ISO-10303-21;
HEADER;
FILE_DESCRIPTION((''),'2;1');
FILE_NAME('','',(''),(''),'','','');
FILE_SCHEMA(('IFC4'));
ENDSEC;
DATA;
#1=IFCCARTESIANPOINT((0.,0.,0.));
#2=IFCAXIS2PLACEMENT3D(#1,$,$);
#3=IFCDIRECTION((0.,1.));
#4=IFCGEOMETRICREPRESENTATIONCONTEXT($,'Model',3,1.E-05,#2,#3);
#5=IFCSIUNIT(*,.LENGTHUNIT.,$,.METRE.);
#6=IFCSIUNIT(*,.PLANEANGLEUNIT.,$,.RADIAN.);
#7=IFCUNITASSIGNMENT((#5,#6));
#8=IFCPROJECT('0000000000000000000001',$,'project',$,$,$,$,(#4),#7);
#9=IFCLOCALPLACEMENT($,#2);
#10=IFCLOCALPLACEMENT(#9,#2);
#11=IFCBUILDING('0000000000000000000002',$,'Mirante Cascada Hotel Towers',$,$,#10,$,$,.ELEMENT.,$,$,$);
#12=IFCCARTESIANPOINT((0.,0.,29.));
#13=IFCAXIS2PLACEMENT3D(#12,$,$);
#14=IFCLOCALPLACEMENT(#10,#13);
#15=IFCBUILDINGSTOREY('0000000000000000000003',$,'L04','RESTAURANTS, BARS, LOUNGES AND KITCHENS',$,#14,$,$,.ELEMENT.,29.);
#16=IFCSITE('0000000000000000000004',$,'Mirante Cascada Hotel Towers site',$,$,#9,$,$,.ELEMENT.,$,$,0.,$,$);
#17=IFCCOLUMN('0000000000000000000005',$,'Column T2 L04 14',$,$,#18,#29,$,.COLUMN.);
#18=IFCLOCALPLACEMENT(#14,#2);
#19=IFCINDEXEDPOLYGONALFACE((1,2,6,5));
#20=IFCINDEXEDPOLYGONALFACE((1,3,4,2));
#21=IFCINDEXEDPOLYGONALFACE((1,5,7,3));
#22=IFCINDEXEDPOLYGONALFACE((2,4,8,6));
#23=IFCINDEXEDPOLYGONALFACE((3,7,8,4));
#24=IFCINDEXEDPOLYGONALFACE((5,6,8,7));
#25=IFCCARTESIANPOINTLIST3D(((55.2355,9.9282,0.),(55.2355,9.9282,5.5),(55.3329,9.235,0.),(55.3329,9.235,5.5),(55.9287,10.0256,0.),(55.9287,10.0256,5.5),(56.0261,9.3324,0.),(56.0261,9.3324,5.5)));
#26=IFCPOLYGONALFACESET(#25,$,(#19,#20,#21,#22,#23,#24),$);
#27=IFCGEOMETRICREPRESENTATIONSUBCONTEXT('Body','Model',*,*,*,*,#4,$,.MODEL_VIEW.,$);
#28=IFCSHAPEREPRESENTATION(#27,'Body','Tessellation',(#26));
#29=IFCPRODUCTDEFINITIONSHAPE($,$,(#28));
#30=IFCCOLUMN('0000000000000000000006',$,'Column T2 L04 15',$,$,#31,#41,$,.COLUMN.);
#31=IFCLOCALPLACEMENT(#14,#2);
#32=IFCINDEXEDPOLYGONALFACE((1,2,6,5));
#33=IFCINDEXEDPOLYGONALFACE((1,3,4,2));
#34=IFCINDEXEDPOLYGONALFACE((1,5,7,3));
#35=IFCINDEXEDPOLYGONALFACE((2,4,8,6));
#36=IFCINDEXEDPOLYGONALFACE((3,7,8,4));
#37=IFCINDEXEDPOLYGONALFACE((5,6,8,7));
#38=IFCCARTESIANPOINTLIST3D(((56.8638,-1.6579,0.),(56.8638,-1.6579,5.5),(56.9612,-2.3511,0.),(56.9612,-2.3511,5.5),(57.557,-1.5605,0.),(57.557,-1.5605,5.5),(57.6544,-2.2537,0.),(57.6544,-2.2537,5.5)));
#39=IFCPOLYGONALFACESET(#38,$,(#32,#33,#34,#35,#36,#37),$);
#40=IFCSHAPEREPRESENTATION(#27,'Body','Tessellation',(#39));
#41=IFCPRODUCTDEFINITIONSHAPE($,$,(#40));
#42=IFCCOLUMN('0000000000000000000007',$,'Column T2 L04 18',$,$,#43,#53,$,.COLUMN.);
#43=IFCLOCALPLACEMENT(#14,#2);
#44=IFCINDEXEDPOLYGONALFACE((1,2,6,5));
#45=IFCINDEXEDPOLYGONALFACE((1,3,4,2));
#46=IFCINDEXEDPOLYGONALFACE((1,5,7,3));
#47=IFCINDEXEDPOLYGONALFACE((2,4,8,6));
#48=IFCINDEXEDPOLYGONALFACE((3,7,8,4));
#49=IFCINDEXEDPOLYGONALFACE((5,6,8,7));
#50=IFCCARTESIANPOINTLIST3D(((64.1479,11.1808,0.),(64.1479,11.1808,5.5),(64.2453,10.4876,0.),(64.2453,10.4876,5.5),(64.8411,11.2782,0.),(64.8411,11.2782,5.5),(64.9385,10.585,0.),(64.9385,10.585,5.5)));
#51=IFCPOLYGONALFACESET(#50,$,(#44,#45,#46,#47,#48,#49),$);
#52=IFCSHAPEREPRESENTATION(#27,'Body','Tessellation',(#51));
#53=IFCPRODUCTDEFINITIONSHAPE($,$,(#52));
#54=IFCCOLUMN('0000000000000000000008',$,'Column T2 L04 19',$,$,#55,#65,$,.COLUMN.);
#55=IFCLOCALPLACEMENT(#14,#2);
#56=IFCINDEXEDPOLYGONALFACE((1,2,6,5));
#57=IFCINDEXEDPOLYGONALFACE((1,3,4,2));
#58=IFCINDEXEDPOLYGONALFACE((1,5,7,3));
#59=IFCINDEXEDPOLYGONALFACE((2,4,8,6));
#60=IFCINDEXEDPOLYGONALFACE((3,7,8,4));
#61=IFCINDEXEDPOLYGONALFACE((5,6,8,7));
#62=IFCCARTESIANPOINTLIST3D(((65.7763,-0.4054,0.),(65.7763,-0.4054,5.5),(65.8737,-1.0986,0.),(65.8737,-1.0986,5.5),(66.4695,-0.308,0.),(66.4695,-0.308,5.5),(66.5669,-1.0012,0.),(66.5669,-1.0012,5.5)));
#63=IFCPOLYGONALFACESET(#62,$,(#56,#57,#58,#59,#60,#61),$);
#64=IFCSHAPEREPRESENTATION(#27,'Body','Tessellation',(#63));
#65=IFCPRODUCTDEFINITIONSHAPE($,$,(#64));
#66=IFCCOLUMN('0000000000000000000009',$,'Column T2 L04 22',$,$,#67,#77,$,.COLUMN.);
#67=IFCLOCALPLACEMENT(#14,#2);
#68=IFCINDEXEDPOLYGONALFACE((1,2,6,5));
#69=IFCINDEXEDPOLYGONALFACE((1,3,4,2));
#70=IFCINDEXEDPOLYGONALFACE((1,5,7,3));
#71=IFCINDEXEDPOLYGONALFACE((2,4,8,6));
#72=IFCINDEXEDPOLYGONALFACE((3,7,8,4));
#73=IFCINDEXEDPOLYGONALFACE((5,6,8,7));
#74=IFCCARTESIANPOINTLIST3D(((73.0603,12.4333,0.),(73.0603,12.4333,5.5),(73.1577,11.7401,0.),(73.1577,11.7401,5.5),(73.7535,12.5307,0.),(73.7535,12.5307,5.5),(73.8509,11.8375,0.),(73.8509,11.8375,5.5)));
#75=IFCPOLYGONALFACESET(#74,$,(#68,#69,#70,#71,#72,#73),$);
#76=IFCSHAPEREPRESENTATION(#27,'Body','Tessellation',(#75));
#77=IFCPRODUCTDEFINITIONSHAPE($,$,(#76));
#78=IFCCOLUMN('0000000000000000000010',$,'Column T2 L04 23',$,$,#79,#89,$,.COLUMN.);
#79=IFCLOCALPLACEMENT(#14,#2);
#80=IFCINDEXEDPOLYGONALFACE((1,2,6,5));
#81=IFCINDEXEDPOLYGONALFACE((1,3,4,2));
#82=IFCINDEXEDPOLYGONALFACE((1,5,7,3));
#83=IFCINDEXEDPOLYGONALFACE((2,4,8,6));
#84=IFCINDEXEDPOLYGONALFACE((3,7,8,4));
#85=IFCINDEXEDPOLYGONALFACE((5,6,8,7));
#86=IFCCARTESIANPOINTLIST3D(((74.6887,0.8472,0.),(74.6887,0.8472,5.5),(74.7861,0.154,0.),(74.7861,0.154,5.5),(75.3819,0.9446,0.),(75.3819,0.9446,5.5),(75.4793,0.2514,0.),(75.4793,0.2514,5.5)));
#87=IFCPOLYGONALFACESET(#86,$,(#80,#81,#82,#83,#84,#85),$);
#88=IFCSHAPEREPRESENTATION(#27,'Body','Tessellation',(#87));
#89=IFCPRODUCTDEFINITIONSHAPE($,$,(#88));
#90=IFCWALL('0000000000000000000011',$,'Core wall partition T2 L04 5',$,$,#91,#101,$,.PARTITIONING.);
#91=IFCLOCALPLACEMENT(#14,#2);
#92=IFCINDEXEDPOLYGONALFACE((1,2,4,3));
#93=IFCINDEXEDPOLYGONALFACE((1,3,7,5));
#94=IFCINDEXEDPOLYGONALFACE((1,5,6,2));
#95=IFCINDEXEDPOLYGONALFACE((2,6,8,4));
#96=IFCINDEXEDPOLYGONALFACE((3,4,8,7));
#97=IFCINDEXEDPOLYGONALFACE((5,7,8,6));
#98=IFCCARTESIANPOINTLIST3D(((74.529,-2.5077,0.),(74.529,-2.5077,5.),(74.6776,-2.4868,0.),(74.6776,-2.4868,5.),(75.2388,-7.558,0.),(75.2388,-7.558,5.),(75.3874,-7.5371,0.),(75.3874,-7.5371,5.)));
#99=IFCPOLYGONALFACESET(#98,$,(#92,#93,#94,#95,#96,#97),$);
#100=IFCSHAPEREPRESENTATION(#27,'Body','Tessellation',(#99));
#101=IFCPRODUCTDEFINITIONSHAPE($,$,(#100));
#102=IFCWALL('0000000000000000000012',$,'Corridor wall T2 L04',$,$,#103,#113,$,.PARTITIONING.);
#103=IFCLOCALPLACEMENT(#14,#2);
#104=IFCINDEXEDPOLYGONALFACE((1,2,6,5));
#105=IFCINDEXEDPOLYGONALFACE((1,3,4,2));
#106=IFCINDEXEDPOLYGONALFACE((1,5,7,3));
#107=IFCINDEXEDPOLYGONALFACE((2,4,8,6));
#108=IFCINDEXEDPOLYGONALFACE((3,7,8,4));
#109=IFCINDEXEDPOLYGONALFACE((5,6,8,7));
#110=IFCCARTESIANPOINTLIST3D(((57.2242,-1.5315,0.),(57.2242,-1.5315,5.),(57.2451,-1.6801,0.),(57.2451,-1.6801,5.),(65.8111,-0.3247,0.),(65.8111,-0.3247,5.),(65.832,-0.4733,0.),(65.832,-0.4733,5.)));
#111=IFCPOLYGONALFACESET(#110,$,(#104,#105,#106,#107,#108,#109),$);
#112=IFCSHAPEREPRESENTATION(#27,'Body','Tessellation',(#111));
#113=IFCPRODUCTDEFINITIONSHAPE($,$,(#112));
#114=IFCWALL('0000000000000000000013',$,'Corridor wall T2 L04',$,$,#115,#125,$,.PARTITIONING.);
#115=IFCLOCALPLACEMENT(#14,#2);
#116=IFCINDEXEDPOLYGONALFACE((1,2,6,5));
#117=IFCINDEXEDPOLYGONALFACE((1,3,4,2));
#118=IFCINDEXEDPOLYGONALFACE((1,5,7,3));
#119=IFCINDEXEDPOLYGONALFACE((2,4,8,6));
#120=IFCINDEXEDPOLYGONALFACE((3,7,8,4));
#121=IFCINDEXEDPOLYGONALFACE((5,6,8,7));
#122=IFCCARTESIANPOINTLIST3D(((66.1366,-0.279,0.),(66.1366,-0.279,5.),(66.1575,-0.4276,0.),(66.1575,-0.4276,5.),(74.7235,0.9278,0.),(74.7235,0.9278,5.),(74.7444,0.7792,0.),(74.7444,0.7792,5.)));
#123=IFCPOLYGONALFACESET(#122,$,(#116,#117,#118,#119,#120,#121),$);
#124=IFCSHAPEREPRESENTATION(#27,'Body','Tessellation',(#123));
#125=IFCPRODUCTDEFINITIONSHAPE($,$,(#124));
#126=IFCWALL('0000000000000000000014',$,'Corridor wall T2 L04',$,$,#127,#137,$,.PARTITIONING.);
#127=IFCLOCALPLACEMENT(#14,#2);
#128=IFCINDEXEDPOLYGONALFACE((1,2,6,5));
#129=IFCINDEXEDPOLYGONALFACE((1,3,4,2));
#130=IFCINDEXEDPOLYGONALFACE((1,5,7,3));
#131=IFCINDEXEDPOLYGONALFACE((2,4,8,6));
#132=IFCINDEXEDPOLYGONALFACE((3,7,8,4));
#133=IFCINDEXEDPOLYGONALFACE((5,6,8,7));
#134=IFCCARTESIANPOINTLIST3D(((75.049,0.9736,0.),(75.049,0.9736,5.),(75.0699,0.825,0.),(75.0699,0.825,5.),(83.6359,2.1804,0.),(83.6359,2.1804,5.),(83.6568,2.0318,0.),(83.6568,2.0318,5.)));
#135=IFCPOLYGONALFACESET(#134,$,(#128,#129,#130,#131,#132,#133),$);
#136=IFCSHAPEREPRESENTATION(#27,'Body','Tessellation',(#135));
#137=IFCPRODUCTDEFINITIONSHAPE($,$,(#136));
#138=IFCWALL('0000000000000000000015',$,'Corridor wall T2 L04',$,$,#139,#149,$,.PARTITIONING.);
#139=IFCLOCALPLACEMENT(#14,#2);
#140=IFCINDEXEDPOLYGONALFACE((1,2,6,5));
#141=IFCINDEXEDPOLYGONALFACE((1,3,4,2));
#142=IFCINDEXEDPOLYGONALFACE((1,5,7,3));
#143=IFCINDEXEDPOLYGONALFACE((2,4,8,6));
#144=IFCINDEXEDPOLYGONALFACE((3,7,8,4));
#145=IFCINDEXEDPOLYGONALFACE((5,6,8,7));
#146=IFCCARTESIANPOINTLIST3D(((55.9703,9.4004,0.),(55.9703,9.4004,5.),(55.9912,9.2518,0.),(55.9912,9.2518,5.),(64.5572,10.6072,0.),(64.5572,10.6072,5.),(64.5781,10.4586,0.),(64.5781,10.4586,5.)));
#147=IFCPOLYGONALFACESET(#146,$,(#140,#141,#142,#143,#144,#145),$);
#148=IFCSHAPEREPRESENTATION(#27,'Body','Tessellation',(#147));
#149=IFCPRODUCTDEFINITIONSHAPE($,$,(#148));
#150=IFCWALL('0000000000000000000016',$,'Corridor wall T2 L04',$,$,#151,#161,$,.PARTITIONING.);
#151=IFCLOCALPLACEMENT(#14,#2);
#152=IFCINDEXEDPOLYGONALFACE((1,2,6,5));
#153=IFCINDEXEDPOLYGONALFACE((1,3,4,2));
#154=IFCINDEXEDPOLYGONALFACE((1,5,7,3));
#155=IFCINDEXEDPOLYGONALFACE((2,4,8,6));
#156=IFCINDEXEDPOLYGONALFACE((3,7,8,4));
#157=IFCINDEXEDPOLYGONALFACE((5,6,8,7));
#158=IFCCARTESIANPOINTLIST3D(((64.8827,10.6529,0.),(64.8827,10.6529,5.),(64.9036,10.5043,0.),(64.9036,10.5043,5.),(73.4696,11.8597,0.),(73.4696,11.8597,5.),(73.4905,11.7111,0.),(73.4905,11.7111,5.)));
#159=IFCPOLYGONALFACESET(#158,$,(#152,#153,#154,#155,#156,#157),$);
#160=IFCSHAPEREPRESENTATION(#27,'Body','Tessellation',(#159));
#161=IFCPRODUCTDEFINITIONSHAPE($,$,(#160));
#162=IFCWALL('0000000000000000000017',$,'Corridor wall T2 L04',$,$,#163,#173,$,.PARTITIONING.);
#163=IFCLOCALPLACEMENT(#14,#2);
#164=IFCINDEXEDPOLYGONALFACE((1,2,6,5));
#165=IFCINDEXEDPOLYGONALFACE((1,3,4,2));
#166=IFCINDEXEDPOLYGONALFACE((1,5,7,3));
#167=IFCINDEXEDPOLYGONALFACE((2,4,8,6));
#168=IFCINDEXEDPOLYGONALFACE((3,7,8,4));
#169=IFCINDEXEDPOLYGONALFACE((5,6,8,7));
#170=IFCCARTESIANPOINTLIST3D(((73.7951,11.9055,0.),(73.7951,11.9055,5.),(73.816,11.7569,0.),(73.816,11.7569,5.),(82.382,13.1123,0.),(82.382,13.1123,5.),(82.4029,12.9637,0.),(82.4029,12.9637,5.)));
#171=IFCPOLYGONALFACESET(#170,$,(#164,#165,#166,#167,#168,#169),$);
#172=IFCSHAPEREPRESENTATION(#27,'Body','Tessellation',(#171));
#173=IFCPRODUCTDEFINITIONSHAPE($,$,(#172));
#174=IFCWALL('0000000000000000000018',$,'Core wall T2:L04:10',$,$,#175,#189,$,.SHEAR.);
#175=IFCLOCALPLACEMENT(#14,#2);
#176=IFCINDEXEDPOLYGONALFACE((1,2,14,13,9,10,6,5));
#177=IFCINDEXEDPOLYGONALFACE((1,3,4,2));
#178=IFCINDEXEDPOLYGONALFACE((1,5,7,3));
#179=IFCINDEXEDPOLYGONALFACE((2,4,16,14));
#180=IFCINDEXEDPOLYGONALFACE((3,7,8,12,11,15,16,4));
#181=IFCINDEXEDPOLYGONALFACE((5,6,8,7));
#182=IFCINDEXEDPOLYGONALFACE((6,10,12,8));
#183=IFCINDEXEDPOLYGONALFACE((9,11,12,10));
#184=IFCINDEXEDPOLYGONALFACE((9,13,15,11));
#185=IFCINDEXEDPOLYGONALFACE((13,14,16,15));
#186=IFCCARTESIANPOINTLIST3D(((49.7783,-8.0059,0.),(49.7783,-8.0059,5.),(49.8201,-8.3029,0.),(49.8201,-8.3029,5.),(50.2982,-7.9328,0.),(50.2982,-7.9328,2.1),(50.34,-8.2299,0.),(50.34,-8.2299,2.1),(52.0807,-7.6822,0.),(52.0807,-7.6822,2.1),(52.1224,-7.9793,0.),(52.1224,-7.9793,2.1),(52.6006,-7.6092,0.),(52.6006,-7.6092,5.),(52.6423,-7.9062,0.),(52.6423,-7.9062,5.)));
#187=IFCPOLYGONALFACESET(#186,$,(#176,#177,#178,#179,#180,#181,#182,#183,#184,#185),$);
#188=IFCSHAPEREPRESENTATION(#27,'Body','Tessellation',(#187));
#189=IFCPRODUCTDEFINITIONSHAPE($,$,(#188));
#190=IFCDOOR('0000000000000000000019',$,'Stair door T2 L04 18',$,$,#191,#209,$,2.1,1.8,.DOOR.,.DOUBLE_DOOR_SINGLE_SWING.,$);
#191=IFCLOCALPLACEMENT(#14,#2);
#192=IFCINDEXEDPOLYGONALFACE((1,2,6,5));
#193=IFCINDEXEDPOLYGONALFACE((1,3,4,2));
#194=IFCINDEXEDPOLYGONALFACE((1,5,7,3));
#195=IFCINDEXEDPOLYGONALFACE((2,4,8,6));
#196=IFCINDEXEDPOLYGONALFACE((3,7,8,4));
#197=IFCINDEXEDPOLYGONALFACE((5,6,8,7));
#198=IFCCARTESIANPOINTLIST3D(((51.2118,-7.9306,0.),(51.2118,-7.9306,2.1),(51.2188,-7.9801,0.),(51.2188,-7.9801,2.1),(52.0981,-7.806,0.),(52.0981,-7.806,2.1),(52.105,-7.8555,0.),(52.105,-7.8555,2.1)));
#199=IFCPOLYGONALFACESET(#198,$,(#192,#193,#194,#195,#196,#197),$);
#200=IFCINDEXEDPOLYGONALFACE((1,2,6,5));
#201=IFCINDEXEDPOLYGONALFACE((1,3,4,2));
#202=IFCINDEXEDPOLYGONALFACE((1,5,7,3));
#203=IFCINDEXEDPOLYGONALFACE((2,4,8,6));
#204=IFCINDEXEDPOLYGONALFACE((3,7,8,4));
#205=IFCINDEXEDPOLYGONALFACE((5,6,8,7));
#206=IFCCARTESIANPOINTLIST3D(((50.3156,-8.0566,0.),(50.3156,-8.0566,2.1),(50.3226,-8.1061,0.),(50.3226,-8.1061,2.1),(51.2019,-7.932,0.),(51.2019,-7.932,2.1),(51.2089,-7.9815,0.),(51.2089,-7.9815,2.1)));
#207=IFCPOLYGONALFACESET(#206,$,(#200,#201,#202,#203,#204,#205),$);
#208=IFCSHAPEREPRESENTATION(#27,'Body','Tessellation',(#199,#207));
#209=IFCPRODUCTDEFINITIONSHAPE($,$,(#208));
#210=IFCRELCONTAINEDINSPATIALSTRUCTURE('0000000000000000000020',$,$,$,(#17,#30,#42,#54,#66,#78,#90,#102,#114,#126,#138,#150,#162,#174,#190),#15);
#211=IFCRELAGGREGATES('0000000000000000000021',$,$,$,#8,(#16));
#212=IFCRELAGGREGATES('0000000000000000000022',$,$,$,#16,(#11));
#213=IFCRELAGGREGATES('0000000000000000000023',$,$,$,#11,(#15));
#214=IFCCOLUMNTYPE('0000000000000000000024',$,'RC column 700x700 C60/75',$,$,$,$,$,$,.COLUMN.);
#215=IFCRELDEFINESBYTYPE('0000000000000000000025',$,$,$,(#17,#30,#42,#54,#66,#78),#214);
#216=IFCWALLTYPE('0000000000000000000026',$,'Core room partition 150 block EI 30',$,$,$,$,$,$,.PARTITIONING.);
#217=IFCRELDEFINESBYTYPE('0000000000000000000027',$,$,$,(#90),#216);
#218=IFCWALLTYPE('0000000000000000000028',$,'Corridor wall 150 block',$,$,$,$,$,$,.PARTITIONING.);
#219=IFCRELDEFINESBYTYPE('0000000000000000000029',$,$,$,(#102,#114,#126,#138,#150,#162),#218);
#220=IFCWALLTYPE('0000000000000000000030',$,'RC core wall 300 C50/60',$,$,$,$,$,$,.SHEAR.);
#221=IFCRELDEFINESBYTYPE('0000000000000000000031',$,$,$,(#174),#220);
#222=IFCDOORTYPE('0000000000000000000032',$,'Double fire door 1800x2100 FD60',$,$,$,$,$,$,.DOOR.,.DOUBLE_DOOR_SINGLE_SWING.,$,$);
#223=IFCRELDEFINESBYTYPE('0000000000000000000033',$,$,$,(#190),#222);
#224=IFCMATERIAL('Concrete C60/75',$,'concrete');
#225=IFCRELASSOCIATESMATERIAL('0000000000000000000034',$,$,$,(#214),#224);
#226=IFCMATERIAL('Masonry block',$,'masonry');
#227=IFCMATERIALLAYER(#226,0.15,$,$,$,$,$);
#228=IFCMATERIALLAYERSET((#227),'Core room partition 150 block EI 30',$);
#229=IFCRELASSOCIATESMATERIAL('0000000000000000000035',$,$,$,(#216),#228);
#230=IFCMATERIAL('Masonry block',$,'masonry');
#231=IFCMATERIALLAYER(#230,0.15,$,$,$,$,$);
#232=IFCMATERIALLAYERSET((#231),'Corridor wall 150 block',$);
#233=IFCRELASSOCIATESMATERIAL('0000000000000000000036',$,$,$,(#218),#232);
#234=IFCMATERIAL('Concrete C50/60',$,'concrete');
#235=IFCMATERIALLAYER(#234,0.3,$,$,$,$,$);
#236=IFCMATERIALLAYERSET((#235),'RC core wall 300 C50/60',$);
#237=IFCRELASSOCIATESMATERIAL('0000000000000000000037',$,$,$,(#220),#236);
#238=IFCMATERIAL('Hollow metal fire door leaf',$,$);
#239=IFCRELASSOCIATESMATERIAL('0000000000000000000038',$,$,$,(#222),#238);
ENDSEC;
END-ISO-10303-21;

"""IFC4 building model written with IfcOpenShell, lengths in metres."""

from ifc_helpers import new_model, si_unit, direction, frame, frame_2d, origin, origin_2d, place, context, subcontext, project, spatial, rectangle, extrude, material, layer, layer_set, material_profile, profile_set, type_object, element, fill, save


model = new_model("IFC4")

# Units and contexts
model_context = context("Model", 3, precision=1e-05, world=origin(), true_north=direction((0.0, 1.0)))
body_context = subcontext(model_context, "Body", "Model", "MODEL_VIEW")
ifc_project = project(units=[si_unit("LENGTHUNIT", "METRE"), si_unit("PLANEANGLEUNIT", "RADIAN")], contexts=[model_context])

# Site, building, storey
site_placement = place(None, origin())
site = spatial("IfcSite", under=ifc_project, at=site_placement, Name="Mirante Cascada Hotel Towers site", CompositionType="ELEMENT", RefElevation=0.0)
building_placement = place(site_placement, origin())
building = spatial("IfcBuilding", under=site, at=building_placement, Name="Mirante Cascada Hotel Towers", CompositionType="ELEMENT")
storey_placement = place(building_placement, frame((0.0, 0.0, 29.0)))
storey = spatial("IfcBuildingStorey", under=building, at=storey_placement, Name="L04", Description="RESTAURANTS, BARS, LOUNGES AND KITCHENS", CompositionType="ELEMENT", Elevation=29.0)

# Columns
ifc_material_1 = material(Name="Concrete C60/75", Category="concrete")
ifc_material_profile = material_profile(ifc_material_1, rectangle(XDim=0.7, YDim=0.7, at=origin_2d()), Name="RC column 700x700 C60/75")
ifc_profile_set = profile_set([ifc_material_profile], Name="Concrete C60/75")
column_type = type_object("IfcColumnType", Name="RC column 700x700 C60/75", PredefinedType="COLUMN", material=ifc_profile_set)
for number, where, z_axis, x_axis, name in (
    (1, (55.6308, 9.6303, 0.0), (0.0, 0.0, 1.0), (0.990268, 0.139173, 0.0), "Column T2 L04 14"),
    (2, (57.2591, -1.9558, 0.0), (0.0, 0.0, 1.0), (0.990268, 0.139173, 0.0), "Column T2 L04 15"),
    (3, (64.5432, 10.8829, 0.0), (0.0, 0.0, 1.0), (0.990268, 0.139173, 0.0), "Column T2 L04 18"),
    (4, (66.1716, -0.7033, 0.0), (0.0, 0.0, 1.0), (0.990268, 0.139173, 0.0), "Column T2 L04 19"),
    (5, (73.4556, 12.1354, 0.0), (0.0, 0.0, 1.0), (0.990268, 0.139173, 0.0), "Column T2 L04 22"),
    (6, (75.084, 0.5493, 0.0), (0.0, 0.0, 1.0), (0.990268, 0.139173, 0.0), "Column T2 L04 23"),
):
    element("IfcColumn", number, at=place(storey_placement, frame(where, z_axis=z_axis, x_axis=x_axis)), inside=storey, type_object=column_type, Name=name, PredefinedType="COLUMN", context=body_context, shape_type="SweptSolid", body=[
        extrude(rectangle(XDim=0.7, YDim=0.7, at=origin_2d()), origin(), (0.0, 0.0, 1.0), 5.5),
    ])

# Walls
ifc_material_2 = material(Name="Masonry block", Category="masonry")
ifc_layer_1 = layer(ifc_material_2, 0.15)
ifc_layer_set_1 = layer_set([ifc_layer_1], Name="Core room partition 150 block EI 30")
wall_type_1 = type_object("IfcWallType", Name="Core room partition 150 block EI 30", PredefinedType="PARTITIONING", material=ifc_layer_set_1)
wall_1_placement = place(storey_placement, frame((75.3131, -7.5476, 0.0), z_axis=(0.0, 0.0, 1.0), x_axis=(-0.139178, 0.990267, 0.0)))
element("IfcWall", 7, at=wall_1_placement, inside=storey, type_object=wall_type_1, Name="Core wall partition T2 L04 5", PredefinedType="PARTITIONING", context=body_context, shape_type="SweptSolid", body=[
    extrude(rectangle(XDim=5.0999, YDim=0.15, at=frame_2d((2.55, 0.0))), origin(), (0.0, 0.0, 1.0), 5.0),
])
ifc_material_3 = material(Name="Masonry block", Category="masonry")
ifc_layer_2 = layer(ifc_material_3, 0.15)
ifc_layer_set_2 = layer_set([ifc_layer_2], Name="Corridor wall 150 block")
wall_type_2 = type_object("IfcWallType", Name="Corridor wall 150 block", PredefinedType="PARTITIONING", material=ifc_layer_set_2)
for number, where, z_axis, x_axis, name in (
    (8, (57.2347, -1.6058, 0.0), (0.0, 0.0, 1.0), (0.990268, 0.139172, 0.0), "Corridor wall T2 L04"),
    (9, (66.1471, -0.3533, 0.0), (0.0, 0.0, 1.0), (0.990268, 0.139172, 0.0), "Corridor wall T2 L04"),
    (10, (75.0595, 0.8993, 0.0), (0.0, 0.0, 1.0), (0.990268, 0.139172, 0.0), "Corridor wall T2 L04"),
    (11, (55.9808, 9.3261, 0.0), (0.0, 0.0, 1.0), (0.990268, 0.139172, 0.0), "Corridor wall T2 L04"),
    (12, (64.8932, 10.5786, 0.0), (0.0, 0.0, 1.0), (0.990268, 0.139172, 0.0), "Corridor wall T2 L04"),
    (13, (73.8056, 11.8312, 0.0), (0.0, 0.0, 1.0), (0.990268, 0.139172, 0.0), "Corridor wall T2 L04"),
):
    element("IfcWall", number, at=place(storey_placement, frame(where, z_axis=z_axis, x_axis=x_axis)), inside=storey, type_object=wall_type_2, Name=name, PredefinedType="PARTITIONING", context=body_context, shape_type="SweptSolid", body=[
        extrude(rectangle(XDim=8.6713, YDim=0.15, at=frame_2d((4.3356, 0.0))), origin(), (0.0, 0.0, 1.0), 5.0),
    ])

# Wall, opening, door
ifc_material_4 = material(Name="Concrete C50/60", Category="concrete")
ifc_layer_3 = layer(ifc_material_4, 0.3)
ifc_layer_set_3 = layer_set([ifc_layer_3], Name="RC core wall 300 C50/60")
wall_type_3 = type_object("IfcWallType", Name="RC core wall 300 C50/60", PredefinedType="SHEAR", material=ifc_layer_set_3)
wall_2_placement = place(storey_placement, frame((49.7992, -8.1544, 0.0), z_axis=(0.0, 0.0, 1.0), x_axis=(0.990266, 0.139191, 0.0)))
wall_2 = element("IfcWall", 14, at=wall_2_placement, inside=storey, type_object=wall_type_3, Name="Core wall T2:L04:10", PredefinedType="SHEAR", context=body_context, shape_type="SweptSolid", body=[
    extrude(rectangle(XDim=2.85, YDim=0.3, at=frame_2d((1.425, 0.0))), origin(), (0.0, 0.0, 1.0), 5.0),
])
opening_1_placement = place(wall_2_placement, frame((0.525, 0.0, 0.0)))
opening_1 = element("IfcOpeningElement", 15, at=opening_1_placement, cuts=wall_2, PredefinedType="OPENING", context=body_context, shape_type="SweptSolid", body=[
    extrude(rectangle(XDim=1.8, YDim=2.1, at=frame_2d((0.9, 1.05))), frame((0.0, 0.15, 0.0), z_axis=(0.0, -1.0, 0.0), x_axis=(1.0, 0.0, 0.0)), (0.0, 0.0, 1.0), 0.3),
])
ifc_material_5 = material(Name="Hollow metal fire door leaf")
door_type_1 = type_object("IfcDoorType", Name="Double fire door 1800x2100 FD60", OperationType="DOUBLE_DOOR_SINGLE_SWING", PredefinedType="DOOR", material=ifc_material_5)
door_1_placement = place(opening_1_placement, frame((1.8, 0.0, 0.0), z_axis=(0.0, 0.0, 1.0), x_axis=(-1.0, 0.0, 0.0)))
door_1 = element("IfcDoor", 16, at=door_1_placement, inside=storey, type_object=door_type_1, Name="Stair door T2 L04 18", OperationType="DOUBLE_DOOR_SINGLE_SWING", OverallHeight=2.1, OverallWidth=1.8, PredefinedType="DOOR", context=body_context, shape_type="SweptSolid", body=[
    extrude(rectangle(XDim=0.895, YDim=2.1, at=frame_2d((0.4475, 1.05))), frame((0.0, 0.025, 0.0), z_axis=(0.0, -1.0, 0.0), x_axis=(1.0, 0.0, 0.0)), (0.0, 0.0, 1.0), 0.05),
    extrude(rectangle(XDim=0.895, YDim=2.1, at=frame_2d((1.3525, 1.05))), frame((0.0, 0.025, 0.0), z_axis=(0.0, -1.0, 0.0), x_axis=(1.0, 0.0, 0.0)), (0.0, 0.0, 1.0), 0.05),
])
fill(opening_1, door_1)

save(model, "model.ifc")
